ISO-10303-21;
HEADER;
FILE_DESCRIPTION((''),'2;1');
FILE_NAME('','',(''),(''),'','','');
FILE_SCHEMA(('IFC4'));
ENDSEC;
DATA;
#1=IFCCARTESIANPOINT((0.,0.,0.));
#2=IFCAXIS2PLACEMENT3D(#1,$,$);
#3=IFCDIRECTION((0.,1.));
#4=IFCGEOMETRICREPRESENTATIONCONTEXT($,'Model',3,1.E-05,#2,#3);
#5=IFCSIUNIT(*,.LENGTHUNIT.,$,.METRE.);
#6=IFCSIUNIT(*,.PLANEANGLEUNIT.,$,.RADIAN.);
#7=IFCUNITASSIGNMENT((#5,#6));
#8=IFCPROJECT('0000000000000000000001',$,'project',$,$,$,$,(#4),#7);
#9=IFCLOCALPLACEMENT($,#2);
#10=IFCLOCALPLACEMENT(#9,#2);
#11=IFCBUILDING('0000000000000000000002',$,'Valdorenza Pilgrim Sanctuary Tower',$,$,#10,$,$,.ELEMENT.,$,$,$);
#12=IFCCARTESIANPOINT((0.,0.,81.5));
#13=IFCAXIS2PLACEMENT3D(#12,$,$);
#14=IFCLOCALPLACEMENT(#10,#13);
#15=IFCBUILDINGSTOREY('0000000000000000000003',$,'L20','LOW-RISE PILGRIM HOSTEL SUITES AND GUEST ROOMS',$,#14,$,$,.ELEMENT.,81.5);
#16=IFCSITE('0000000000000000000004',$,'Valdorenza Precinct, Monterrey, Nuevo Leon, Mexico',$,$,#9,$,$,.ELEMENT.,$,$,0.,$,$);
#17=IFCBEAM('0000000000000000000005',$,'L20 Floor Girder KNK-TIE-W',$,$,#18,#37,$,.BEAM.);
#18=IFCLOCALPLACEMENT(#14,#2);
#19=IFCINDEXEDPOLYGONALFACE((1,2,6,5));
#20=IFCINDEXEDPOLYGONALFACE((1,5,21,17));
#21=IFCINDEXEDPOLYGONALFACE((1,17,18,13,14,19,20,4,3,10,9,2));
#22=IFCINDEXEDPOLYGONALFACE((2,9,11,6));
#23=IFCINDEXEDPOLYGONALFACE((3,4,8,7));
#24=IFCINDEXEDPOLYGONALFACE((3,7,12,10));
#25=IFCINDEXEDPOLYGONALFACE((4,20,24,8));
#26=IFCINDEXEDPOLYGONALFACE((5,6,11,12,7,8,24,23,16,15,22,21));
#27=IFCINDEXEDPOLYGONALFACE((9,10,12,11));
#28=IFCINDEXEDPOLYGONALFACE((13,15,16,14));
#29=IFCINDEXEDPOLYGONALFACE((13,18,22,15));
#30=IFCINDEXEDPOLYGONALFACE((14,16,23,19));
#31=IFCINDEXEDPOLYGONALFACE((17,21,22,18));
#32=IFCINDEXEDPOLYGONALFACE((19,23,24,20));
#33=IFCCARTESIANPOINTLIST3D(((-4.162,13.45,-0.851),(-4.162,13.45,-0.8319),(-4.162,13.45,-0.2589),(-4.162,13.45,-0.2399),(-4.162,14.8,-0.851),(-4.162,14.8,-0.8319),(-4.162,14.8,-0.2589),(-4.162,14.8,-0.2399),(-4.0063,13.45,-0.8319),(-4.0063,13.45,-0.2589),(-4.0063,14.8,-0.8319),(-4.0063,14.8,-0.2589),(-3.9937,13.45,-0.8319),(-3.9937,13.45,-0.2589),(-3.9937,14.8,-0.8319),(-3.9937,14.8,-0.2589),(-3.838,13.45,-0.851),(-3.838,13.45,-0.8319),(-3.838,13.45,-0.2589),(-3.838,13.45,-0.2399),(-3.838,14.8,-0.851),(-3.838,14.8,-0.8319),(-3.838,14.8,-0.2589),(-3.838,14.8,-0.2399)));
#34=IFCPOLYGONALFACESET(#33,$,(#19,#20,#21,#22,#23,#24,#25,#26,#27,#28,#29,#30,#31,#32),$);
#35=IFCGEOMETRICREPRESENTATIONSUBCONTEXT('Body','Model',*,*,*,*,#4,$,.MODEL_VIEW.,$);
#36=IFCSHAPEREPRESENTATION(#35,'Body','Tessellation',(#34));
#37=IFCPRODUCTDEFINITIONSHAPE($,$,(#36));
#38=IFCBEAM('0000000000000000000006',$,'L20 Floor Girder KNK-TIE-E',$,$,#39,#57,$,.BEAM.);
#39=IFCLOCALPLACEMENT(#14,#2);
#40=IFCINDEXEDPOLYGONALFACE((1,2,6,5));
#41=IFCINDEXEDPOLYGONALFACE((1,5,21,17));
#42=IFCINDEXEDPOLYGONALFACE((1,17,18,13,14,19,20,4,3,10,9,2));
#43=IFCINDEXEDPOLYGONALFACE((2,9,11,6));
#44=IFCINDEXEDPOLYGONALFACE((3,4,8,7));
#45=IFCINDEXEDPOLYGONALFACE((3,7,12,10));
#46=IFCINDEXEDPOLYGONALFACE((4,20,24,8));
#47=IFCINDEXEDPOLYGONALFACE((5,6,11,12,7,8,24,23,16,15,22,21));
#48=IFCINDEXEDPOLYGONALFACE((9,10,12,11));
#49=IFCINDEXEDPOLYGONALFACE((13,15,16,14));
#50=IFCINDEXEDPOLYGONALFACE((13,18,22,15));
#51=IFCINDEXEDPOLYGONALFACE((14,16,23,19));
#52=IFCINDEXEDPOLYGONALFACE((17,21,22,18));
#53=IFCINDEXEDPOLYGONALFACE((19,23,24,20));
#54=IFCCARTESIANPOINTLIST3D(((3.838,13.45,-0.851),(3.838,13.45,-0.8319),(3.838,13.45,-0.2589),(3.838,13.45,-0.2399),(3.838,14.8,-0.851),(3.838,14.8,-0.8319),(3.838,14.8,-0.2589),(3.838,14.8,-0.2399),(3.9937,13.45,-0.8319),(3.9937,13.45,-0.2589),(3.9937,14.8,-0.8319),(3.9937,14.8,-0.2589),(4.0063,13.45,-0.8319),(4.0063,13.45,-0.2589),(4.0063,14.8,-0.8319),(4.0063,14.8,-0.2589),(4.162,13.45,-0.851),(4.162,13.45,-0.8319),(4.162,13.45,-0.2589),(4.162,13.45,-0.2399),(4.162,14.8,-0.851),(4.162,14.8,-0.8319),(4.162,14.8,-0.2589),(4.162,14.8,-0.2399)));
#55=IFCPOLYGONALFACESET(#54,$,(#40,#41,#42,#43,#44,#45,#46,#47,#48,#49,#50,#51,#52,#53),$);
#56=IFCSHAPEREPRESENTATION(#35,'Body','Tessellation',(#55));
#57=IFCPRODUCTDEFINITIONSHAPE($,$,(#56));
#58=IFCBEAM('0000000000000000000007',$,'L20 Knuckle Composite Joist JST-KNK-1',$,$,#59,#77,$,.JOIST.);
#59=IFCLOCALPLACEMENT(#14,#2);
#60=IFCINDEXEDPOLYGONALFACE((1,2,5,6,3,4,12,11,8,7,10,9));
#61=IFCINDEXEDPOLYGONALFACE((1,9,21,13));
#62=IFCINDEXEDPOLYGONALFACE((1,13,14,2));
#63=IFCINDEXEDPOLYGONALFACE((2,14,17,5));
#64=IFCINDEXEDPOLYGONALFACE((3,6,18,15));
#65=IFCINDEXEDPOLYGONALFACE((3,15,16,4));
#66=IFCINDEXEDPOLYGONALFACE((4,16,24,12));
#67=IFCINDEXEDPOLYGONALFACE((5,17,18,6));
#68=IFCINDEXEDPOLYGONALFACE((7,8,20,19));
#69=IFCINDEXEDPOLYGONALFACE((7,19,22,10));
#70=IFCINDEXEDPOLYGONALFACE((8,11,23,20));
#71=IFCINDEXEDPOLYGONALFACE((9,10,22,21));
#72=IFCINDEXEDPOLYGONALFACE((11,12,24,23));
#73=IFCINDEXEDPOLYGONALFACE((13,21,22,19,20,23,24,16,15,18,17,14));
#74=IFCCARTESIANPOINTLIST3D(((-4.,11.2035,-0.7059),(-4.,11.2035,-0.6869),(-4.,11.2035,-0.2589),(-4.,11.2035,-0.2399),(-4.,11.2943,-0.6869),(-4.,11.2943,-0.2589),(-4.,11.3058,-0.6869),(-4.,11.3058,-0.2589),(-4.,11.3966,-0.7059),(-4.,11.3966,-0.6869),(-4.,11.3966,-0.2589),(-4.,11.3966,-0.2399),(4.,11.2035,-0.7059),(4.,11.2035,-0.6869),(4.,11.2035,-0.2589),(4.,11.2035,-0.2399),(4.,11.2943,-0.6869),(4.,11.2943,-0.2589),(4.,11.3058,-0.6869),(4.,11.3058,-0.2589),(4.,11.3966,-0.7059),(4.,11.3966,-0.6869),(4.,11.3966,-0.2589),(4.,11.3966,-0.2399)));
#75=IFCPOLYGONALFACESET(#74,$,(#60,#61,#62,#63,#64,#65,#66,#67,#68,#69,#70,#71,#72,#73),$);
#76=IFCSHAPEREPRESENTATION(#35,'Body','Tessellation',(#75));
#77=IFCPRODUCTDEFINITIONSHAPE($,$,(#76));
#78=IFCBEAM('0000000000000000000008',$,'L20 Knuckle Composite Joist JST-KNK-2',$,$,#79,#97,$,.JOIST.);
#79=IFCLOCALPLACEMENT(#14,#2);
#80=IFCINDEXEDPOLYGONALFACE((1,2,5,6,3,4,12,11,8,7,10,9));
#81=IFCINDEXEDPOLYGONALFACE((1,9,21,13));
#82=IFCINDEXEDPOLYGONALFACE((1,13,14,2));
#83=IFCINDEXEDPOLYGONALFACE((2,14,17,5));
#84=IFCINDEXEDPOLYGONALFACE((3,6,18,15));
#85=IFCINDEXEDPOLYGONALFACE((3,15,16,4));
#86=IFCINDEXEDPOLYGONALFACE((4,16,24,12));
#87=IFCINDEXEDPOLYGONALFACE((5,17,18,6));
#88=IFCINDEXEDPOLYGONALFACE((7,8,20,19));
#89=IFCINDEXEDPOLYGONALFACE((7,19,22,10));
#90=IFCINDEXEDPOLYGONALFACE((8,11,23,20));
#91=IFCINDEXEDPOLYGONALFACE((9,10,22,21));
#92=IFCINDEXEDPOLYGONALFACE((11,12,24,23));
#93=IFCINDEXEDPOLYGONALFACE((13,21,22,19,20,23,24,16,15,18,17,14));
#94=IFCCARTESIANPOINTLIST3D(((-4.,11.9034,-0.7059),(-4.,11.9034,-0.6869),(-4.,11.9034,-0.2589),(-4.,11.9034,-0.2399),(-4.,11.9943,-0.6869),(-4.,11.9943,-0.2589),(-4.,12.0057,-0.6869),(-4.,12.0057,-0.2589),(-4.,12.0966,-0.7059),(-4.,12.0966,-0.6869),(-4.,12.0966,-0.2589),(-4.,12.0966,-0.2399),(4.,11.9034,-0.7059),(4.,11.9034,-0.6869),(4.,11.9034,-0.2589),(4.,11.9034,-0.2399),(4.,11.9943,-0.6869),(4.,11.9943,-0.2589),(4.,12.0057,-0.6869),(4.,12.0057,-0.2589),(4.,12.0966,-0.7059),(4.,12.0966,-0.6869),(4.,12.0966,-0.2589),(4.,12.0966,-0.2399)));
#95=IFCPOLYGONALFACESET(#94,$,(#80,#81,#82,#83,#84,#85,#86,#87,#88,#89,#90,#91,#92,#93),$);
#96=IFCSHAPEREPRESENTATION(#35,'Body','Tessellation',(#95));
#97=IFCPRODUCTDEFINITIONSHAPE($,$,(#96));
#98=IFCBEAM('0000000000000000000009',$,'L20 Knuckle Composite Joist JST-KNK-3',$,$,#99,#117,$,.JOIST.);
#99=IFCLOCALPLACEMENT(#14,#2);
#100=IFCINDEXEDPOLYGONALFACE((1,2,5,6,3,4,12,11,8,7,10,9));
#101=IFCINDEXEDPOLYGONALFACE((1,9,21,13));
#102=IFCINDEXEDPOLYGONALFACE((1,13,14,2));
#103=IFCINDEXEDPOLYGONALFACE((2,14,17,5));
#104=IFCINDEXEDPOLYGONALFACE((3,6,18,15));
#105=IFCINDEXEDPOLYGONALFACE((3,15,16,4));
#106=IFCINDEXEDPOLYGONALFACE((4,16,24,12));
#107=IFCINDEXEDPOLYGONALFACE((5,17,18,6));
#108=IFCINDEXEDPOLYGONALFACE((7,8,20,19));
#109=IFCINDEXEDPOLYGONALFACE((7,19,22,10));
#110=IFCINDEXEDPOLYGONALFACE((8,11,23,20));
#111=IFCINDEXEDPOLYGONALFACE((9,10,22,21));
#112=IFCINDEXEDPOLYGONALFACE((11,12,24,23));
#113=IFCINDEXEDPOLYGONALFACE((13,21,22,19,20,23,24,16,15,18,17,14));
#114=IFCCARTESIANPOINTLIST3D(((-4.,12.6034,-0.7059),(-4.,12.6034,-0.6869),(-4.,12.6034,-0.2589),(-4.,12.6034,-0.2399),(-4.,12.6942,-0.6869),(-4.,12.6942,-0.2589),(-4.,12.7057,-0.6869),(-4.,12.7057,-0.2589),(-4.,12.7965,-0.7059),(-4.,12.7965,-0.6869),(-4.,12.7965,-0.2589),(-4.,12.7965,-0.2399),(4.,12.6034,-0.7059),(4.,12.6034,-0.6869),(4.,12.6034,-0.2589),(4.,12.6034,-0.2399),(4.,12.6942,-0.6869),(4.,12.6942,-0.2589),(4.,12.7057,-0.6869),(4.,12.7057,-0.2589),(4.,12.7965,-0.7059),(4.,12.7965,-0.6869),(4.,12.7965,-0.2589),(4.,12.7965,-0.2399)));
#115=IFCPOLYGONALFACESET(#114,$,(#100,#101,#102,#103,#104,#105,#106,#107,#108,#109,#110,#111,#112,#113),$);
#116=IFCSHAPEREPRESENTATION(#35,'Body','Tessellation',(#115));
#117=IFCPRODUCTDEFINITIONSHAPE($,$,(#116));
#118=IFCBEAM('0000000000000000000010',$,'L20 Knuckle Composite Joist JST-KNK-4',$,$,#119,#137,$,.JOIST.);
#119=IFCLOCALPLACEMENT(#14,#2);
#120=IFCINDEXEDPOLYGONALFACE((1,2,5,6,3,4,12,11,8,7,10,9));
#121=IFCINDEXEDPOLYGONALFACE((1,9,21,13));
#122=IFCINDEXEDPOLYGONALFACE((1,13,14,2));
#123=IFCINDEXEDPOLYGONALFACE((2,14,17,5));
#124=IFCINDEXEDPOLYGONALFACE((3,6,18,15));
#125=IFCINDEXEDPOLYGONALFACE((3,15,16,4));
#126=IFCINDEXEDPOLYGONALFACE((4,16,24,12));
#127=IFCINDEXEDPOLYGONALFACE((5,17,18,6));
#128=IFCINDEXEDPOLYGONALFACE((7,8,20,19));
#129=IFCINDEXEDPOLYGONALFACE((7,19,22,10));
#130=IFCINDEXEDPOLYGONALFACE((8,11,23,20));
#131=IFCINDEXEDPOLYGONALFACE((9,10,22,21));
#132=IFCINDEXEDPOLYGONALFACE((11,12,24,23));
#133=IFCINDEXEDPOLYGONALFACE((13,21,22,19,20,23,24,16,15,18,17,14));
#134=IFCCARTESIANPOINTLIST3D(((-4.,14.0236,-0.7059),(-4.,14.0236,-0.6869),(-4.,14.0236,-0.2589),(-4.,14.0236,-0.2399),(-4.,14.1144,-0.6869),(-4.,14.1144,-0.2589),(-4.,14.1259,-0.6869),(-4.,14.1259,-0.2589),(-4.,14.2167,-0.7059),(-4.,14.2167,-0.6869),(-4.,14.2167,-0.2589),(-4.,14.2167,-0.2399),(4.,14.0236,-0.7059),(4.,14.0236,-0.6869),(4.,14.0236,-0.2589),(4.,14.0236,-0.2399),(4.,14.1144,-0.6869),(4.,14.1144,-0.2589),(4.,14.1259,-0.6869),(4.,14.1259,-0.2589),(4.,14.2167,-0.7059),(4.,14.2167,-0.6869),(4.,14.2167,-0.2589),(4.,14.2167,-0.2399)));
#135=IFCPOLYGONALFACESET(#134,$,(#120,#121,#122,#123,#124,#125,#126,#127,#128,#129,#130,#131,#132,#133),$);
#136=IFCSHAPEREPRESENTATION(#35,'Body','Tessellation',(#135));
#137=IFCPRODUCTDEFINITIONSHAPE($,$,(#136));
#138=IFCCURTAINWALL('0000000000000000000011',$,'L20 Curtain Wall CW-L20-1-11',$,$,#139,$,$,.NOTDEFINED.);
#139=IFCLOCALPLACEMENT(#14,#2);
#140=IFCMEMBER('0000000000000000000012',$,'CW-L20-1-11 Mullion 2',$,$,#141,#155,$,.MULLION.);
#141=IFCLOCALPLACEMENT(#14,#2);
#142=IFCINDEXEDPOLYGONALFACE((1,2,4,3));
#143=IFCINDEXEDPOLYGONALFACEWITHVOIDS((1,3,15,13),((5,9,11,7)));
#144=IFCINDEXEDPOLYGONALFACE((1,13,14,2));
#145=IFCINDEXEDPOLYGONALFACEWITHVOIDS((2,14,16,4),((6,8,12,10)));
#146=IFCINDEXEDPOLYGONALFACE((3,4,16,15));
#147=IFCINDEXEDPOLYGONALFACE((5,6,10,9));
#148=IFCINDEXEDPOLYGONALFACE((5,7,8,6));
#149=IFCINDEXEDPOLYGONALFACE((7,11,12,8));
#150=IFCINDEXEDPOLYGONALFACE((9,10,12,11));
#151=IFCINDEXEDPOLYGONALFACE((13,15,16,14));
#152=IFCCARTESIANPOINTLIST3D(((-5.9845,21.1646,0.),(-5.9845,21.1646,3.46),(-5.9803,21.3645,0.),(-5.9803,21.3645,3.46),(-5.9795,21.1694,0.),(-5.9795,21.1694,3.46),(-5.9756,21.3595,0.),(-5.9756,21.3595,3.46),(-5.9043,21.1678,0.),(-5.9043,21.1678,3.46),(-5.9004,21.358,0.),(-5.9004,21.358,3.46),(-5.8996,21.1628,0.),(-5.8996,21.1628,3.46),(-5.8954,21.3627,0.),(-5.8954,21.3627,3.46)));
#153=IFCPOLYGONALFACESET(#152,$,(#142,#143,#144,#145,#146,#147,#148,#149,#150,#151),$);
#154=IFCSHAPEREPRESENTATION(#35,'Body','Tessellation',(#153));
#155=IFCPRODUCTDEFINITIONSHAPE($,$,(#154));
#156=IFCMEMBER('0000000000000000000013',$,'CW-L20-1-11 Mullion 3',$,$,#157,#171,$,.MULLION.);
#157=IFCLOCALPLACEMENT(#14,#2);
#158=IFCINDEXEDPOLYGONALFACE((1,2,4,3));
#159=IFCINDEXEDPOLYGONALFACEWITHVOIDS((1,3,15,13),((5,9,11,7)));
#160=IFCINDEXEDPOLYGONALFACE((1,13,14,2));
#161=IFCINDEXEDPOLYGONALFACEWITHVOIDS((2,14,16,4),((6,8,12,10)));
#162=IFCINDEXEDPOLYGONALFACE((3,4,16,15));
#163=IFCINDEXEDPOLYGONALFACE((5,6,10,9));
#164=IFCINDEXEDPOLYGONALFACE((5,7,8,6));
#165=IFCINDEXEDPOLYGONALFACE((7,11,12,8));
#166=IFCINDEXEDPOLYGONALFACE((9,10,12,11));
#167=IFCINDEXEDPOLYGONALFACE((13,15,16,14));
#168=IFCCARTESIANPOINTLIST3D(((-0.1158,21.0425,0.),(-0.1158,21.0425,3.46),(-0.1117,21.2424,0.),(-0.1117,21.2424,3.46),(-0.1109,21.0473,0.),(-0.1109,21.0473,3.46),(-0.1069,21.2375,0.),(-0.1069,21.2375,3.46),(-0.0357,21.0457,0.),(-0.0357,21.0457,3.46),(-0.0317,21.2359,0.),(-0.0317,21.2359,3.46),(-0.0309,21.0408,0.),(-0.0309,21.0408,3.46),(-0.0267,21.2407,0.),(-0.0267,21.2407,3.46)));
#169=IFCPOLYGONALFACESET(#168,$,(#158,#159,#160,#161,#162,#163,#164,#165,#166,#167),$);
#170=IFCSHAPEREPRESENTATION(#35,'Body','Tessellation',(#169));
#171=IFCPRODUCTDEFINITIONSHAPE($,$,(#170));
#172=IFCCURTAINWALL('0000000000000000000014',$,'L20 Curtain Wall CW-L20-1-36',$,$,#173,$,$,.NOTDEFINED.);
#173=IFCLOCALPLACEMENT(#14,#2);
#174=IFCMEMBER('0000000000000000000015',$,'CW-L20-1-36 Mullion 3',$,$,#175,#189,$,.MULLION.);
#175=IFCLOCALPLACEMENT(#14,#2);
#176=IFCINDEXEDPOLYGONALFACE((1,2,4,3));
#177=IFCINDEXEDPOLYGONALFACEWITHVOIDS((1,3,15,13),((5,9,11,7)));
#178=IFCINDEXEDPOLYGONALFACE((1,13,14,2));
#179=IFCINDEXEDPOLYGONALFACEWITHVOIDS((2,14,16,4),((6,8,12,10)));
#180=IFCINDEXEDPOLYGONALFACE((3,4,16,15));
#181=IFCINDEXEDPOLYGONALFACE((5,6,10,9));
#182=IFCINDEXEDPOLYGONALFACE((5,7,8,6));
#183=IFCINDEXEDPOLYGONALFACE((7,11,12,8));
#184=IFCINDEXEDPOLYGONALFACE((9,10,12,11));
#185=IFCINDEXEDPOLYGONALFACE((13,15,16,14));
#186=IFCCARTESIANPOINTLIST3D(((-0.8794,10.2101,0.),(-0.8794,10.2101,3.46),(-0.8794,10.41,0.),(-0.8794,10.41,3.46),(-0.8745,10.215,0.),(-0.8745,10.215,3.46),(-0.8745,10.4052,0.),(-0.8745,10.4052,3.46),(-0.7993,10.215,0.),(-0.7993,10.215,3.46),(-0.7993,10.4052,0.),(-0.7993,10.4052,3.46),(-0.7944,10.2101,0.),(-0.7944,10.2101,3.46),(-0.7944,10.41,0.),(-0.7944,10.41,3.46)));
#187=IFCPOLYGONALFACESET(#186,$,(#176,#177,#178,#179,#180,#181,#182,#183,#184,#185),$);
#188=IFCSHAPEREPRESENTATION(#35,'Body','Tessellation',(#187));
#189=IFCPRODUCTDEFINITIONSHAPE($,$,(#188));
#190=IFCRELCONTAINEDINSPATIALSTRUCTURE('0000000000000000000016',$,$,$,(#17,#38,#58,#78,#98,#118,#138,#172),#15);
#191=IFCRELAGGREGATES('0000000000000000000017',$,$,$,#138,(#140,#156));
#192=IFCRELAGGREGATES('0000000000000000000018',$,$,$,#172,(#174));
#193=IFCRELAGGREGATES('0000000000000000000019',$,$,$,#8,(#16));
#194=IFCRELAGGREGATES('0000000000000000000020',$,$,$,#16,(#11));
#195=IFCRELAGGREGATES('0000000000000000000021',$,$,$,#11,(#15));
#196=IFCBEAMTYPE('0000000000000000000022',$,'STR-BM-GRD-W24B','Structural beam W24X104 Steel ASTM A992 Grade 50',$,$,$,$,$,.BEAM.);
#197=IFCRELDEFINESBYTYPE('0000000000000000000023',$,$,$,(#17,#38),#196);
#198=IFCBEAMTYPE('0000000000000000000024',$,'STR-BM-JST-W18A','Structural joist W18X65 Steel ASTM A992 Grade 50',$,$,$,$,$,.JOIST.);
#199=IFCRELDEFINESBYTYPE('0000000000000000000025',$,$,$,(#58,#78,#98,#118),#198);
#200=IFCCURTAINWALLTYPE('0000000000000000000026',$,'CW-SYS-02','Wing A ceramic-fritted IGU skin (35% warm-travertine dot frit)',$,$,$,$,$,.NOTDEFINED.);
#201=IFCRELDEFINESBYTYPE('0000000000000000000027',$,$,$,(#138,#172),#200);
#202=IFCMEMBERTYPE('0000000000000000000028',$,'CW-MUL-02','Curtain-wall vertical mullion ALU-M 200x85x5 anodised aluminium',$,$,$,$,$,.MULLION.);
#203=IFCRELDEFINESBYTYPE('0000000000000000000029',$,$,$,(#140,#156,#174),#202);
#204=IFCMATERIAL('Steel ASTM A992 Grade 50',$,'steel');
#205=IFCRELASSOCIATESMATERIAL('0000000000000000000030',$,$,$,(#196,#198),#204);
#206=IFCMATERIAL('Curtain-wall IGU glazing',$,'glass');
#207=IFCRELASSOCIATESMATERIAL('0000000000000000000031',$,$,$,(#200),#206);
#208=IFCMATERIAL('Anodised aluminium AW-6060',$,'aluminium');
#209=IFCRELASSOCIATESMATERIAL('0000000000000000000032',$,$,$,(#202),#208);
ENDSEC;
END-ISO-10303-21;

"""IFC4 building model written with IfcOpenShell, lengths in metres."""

from ifc_helpers import new_model, si_unit, direction, frame, origin, origin_2d, place, context, subcontext, project, spatial, hollow_rectangle, i_section, extrude, source, transform, mapped, material, material_profile, profile_set, type_object, element, aggregate, save


model = new_model("IFC4")

# Units and contexts
model_context = context("Model", 3, precision=1e-05, world=origin(), true_north=direction((0.0, 1.0)))
body_context = subcontext(model_context, "Body", "Model", "MODEL_VIEW")
ifc_project = project(units=[si_unit("LENGTHUNIT", "METRE"), si_unit("PLANEANGLEUNIT", "RADIAN")], contexts=[model_context])

# Site, building, storey
site_placement = place(None, origin())
site = spatial("IfcSite", under=ifc_project, at=site_placement, Name="Valdorenza Precinct, Monterrey, Nuevo Leon, Mexico", CompositionType="ELEMENT", RefElevation=0.0)
building_placement = place(site_placement, origin())
building = spatial("IfcBuilding", under=site, at=building_placement, Name="Valdorenza Pilgrim Sanctuary Tower", CompositionType="ELEMENT")
storey_placement = place(building_placement, frame((0.0, 0.0, 81.5)))
storey = spatial("IfcBuildingStorey", under=building, at=storey_placement, Name="L20", Description="LOW-RISE PILGRIM HOSTEL SUITES AND GUEST ROOMS", CompositionType="ELEMENT", Elevation=81.5)

# Shared definitions
ifc_material_1 = material(Name="Steel ASTM A992 Grade 50", Category="steel")

# Beams
ifc_material_profile_1 = material_profile(ifc_material_1, i_section(OverallWidth=0.324, OverallDepth=0.6111, WebThickness=0.0127, FlangeThickness=0.019, at=origin_2d()), Name="W24X104")
ifc_profile_set_1 = profile_set([ifc_material_profile_1], Name="Steel ASTM A992 Grade 50")
beam_type_1 = type_object("IfcBeamType", Name="STR-BM-GRD-W24B", Description="Structural beam W24X104 Steel ASTM A992 Grade 50", PredefinedType="BEAM", material=ifc_profile_set_1)
shared_shape_1 = source(origin(), body_context, "Body", "SweptSolid", [
    extrude(i_section(OverallWidth=0.324, OverallDepth=0.6111, WebThickness=0.0127, FlangeThickness=0.019, at=origin_2d()), origin(), (0.0, 0.0, 1.0), 1.3501),
])
for number, where, z_axis, x_axis, name in (
    (1, (-4.0, 13.45, -0.5454), (0.0, 1.0, 0.0), (-1.0, 0.0, 0.0), "L20 Floor Girder KNK-TIE-W"),
    (2, (4.0, 13.45, -0.5454), (0.0, 1.0, 0.0), (-1.0, 0.0, 0.0), "L20 Floor Girder KNK-TIE-E"),
):
    element("IfcBeam", number, at=place(storey_placement, frame(where, z_axis=z_axis, x_axis=x_axis)), inside=storey, type_object=beam_type_1, Name=name, PredefinedType="BEAM", context=body_context, shape_type="MappedRepresentation", body=[
        mapped(shared_shape_1, transform((0.0, 0.0, 0.0), x_axis=(1.0, 0.0, 0.0), y_axis=(0.0, 1.0, 0.0), z_axis=(0.0, 0.0, 1.0), scale=1.0)),
    ])
ifc_material_profile_2 = material_profile(ifc_material_1, i_section(OverallWidth=0.1931, OverallDepth=0.4661, WebThickness=0.0115, FlangeThickness=0.019, at=origin_2d()), Name="W18X65")
ifc_profile_set_2 = profile_set([ifc_material_profile_2], Name="Steel ASTM A992 Grade 50")
beam_type_2 = type_object("IfcBeamType", Name="STR-BM-JST-W18A", Description="Structural joist W18X65 Steel ASTM A992 Grade 50", PredefinedType="JOIST", material=ifc_profile_set_2)
shared_shape_2 = source(origin(), body_context, "Body", "SweptSolid", [
    extrude(i_section(OverallWidth=0.1931, OverallDepth=0.4661, WebThickness=0.0115, FlangeThickness=0.019, at=origin_2d()), origin(), (0.0, 0.0, 1.0), 8.0),
])
for number, where, z_axis, x_axis, name in (
    (3, (-4.0, 11.3, -0.4729), (1.0, 0.0, 0.0), (0.0, 1.0, 0.0), "L20 Knuckle Composite Joist JST-KNK-1"),
    (4, (-4.0, 12.0, -0.4729), (1.0, 0.0, 0.0), (0.0, 1.0, 0.0), "L20 Knuckle Composite Joist JST-KNK-2"),
    (5, (-4.0, 12.7, -0.4729), (1.0, 0.0, 0.0), (0.0, 1.0, 0.0), "L20 Knuckle Composite Joist JST-KNK-3"),
    (6, (-4.0, 14.1201, -0.4729), (1.0, 0.0, 0.0), (0.0, 1.0, 0.0), "L20 Knuckle Composite Joist JST-KNK-4"),
):
    element("IfcBeam", number, at=place(storey_placement, frame(where, z_axis=z_axis, x_axis=x_axis)), inside=storey, type_object=beam_type_2, Name=name, PredefinedType="JOIST", context=body_context, shape_type="MappedRepresentation", body=[
        mapped(shared_shape_2, transform((0.0, 0.0, 0.0), x_axis=(1.0, 0.0, 0.0), y_axis=(0.0, 1.0, 0.0), z_axis=(0.0, 0.0, 1.0), scale=1.0)),
    ])

# Curtain walls, members
ifc_material_2 = material(Name="Curtain-wall IGU glazing", Category="glass")
curtain_wall_type = type_object("IfcCurtainWallType", Name="CW-SYS-02", Description="Wing A ceramic-fritted IGU skin (35% warm-travertine dot frit)", PredefinedType="NOTDEFINED", material=ifc_material_2)
curtain_wall_1_placement = place(storey_placement, origin())
curtain_wall_1 = element("IfcCurtainWall", 7, at=curtain_wall_1_placement, inside=storey, type_object=curtain_wall_type, Name="L20 Curtain Wall CW-L20-1-11", PredefinedType="NOTDEFINED")
ifc_material_3 = material(Name="Anodised aluminium AW-6060", Category="aluminium")
ifc_material_profile_3 = material_profile(ifc_material_3, hollow_rectangle(XDim=0.085, YDim=0.2, WallThickness=0.0049, at=origin_2d()), Name="ALU-M 200x85x5")
ifc_profile_set_3 = profile_set([ifc_material_profile_3], Name="Anodised aluminium AW-6060")
member_type = type_object("IfcMemberType", Name="CW-MUL-02", Description="Curtain-wall vertical mullion ALU-M 200x85x5 anodised aluminium", PredefinedType="MULLION", material=ifc_profile_set_3)
shared_shape_3 = source(origin(), body_context, "Body", "SweptSolid", [
    extrude(hollow_rectangle(XDim=0.085, YDim=0.2, WallThickness=0.0049, at=origin_2d()), origin(), (0.0, 0.0, 1.0), 3.46),
])
member_1_placement = place(storey_placement, frame((-5.9399, 21.2637, 0.0), z_axis=(0.0, 0.0, 1.0), x_axis=(0.999783, -0.02082, 0.0)))
member_1 = element("IfcMember", 8, at=member_1_placement, type_object=member_type, Name="CW-L20-1-11 Mullion 2", PredefinedType="MULLION", context=body_context, shape_type="MappedRepresentation", body=[
    mapped(shared_shape_3, transform((0.0, 0.0, 0.0), x_axis=(1.0, 0.0, 0.0), y_axis=(0.0, 1.0, 0.0), z_axis=(0.0, 0.0, 1.0), scale=1.0)),
])
member_2_placement = place(storey_placement, frame((-0.0713, 21.1416, 0.0), z_axis=(0.0, 0.0, 1.0), x_axis=(0.999783, -0.02082, 0.0)))
member_2 = element("IfcMember", 9, at=member_2_placement, type_object=member_type, Name="CW-L20-1-11 Mullion 3", PredefinedType="MULLION", context=body_context, shape_type="MappedRepresentation", body=[
    mapped(shared_shape_3, transform((0.0, 0.0, 0.0), x_axis=(1.0, 0.0, 0.0), y_axis=(0.0, 1.0, 0.0), z_axis=(0.0, 0.0, 1.0), scale=1.0)),
])
curtain_wall_2_placement = place(storey_placement, origin())
curtain_wall_2 = element("IfcCurtainWall", 10, at=curtain_wall_2_placement, inside=storey, type_object=curtain_wall_type, Name="L20 Curtain Wall CW-L20-1-36", PredefinedType="NOTDEFINED")
member_3_placement = place(storey_placement, frame((-0.8369, 10.3101, 0.0), z_axis=(0.0, 0.0, 1.0), x_axis=(-1.0, 0.0, 0.0)))
member_3 = element("IfcMember", 11, at=member_3_placement, type_object=member_type, Name="CW-L20-1-36 Mullion 3", PredefinedType="MULLION", context=body_context, shape_type="MappedRepresentation", body=[
    mapped(shared_shape_3, transform((0.0, 0.0, 0.0), x_axis=(1.0, 0.0, 0.0), y_axis=(0.0, 1.0, 0.0), z_axis=(0.0, 0.0, 1.0), scale=1.0)),
])

aggregate(curtain_wall_1, [member_1, member_2])
aggregate(curtain_wall_2, [member_3])

save(model, "model.ifc")
